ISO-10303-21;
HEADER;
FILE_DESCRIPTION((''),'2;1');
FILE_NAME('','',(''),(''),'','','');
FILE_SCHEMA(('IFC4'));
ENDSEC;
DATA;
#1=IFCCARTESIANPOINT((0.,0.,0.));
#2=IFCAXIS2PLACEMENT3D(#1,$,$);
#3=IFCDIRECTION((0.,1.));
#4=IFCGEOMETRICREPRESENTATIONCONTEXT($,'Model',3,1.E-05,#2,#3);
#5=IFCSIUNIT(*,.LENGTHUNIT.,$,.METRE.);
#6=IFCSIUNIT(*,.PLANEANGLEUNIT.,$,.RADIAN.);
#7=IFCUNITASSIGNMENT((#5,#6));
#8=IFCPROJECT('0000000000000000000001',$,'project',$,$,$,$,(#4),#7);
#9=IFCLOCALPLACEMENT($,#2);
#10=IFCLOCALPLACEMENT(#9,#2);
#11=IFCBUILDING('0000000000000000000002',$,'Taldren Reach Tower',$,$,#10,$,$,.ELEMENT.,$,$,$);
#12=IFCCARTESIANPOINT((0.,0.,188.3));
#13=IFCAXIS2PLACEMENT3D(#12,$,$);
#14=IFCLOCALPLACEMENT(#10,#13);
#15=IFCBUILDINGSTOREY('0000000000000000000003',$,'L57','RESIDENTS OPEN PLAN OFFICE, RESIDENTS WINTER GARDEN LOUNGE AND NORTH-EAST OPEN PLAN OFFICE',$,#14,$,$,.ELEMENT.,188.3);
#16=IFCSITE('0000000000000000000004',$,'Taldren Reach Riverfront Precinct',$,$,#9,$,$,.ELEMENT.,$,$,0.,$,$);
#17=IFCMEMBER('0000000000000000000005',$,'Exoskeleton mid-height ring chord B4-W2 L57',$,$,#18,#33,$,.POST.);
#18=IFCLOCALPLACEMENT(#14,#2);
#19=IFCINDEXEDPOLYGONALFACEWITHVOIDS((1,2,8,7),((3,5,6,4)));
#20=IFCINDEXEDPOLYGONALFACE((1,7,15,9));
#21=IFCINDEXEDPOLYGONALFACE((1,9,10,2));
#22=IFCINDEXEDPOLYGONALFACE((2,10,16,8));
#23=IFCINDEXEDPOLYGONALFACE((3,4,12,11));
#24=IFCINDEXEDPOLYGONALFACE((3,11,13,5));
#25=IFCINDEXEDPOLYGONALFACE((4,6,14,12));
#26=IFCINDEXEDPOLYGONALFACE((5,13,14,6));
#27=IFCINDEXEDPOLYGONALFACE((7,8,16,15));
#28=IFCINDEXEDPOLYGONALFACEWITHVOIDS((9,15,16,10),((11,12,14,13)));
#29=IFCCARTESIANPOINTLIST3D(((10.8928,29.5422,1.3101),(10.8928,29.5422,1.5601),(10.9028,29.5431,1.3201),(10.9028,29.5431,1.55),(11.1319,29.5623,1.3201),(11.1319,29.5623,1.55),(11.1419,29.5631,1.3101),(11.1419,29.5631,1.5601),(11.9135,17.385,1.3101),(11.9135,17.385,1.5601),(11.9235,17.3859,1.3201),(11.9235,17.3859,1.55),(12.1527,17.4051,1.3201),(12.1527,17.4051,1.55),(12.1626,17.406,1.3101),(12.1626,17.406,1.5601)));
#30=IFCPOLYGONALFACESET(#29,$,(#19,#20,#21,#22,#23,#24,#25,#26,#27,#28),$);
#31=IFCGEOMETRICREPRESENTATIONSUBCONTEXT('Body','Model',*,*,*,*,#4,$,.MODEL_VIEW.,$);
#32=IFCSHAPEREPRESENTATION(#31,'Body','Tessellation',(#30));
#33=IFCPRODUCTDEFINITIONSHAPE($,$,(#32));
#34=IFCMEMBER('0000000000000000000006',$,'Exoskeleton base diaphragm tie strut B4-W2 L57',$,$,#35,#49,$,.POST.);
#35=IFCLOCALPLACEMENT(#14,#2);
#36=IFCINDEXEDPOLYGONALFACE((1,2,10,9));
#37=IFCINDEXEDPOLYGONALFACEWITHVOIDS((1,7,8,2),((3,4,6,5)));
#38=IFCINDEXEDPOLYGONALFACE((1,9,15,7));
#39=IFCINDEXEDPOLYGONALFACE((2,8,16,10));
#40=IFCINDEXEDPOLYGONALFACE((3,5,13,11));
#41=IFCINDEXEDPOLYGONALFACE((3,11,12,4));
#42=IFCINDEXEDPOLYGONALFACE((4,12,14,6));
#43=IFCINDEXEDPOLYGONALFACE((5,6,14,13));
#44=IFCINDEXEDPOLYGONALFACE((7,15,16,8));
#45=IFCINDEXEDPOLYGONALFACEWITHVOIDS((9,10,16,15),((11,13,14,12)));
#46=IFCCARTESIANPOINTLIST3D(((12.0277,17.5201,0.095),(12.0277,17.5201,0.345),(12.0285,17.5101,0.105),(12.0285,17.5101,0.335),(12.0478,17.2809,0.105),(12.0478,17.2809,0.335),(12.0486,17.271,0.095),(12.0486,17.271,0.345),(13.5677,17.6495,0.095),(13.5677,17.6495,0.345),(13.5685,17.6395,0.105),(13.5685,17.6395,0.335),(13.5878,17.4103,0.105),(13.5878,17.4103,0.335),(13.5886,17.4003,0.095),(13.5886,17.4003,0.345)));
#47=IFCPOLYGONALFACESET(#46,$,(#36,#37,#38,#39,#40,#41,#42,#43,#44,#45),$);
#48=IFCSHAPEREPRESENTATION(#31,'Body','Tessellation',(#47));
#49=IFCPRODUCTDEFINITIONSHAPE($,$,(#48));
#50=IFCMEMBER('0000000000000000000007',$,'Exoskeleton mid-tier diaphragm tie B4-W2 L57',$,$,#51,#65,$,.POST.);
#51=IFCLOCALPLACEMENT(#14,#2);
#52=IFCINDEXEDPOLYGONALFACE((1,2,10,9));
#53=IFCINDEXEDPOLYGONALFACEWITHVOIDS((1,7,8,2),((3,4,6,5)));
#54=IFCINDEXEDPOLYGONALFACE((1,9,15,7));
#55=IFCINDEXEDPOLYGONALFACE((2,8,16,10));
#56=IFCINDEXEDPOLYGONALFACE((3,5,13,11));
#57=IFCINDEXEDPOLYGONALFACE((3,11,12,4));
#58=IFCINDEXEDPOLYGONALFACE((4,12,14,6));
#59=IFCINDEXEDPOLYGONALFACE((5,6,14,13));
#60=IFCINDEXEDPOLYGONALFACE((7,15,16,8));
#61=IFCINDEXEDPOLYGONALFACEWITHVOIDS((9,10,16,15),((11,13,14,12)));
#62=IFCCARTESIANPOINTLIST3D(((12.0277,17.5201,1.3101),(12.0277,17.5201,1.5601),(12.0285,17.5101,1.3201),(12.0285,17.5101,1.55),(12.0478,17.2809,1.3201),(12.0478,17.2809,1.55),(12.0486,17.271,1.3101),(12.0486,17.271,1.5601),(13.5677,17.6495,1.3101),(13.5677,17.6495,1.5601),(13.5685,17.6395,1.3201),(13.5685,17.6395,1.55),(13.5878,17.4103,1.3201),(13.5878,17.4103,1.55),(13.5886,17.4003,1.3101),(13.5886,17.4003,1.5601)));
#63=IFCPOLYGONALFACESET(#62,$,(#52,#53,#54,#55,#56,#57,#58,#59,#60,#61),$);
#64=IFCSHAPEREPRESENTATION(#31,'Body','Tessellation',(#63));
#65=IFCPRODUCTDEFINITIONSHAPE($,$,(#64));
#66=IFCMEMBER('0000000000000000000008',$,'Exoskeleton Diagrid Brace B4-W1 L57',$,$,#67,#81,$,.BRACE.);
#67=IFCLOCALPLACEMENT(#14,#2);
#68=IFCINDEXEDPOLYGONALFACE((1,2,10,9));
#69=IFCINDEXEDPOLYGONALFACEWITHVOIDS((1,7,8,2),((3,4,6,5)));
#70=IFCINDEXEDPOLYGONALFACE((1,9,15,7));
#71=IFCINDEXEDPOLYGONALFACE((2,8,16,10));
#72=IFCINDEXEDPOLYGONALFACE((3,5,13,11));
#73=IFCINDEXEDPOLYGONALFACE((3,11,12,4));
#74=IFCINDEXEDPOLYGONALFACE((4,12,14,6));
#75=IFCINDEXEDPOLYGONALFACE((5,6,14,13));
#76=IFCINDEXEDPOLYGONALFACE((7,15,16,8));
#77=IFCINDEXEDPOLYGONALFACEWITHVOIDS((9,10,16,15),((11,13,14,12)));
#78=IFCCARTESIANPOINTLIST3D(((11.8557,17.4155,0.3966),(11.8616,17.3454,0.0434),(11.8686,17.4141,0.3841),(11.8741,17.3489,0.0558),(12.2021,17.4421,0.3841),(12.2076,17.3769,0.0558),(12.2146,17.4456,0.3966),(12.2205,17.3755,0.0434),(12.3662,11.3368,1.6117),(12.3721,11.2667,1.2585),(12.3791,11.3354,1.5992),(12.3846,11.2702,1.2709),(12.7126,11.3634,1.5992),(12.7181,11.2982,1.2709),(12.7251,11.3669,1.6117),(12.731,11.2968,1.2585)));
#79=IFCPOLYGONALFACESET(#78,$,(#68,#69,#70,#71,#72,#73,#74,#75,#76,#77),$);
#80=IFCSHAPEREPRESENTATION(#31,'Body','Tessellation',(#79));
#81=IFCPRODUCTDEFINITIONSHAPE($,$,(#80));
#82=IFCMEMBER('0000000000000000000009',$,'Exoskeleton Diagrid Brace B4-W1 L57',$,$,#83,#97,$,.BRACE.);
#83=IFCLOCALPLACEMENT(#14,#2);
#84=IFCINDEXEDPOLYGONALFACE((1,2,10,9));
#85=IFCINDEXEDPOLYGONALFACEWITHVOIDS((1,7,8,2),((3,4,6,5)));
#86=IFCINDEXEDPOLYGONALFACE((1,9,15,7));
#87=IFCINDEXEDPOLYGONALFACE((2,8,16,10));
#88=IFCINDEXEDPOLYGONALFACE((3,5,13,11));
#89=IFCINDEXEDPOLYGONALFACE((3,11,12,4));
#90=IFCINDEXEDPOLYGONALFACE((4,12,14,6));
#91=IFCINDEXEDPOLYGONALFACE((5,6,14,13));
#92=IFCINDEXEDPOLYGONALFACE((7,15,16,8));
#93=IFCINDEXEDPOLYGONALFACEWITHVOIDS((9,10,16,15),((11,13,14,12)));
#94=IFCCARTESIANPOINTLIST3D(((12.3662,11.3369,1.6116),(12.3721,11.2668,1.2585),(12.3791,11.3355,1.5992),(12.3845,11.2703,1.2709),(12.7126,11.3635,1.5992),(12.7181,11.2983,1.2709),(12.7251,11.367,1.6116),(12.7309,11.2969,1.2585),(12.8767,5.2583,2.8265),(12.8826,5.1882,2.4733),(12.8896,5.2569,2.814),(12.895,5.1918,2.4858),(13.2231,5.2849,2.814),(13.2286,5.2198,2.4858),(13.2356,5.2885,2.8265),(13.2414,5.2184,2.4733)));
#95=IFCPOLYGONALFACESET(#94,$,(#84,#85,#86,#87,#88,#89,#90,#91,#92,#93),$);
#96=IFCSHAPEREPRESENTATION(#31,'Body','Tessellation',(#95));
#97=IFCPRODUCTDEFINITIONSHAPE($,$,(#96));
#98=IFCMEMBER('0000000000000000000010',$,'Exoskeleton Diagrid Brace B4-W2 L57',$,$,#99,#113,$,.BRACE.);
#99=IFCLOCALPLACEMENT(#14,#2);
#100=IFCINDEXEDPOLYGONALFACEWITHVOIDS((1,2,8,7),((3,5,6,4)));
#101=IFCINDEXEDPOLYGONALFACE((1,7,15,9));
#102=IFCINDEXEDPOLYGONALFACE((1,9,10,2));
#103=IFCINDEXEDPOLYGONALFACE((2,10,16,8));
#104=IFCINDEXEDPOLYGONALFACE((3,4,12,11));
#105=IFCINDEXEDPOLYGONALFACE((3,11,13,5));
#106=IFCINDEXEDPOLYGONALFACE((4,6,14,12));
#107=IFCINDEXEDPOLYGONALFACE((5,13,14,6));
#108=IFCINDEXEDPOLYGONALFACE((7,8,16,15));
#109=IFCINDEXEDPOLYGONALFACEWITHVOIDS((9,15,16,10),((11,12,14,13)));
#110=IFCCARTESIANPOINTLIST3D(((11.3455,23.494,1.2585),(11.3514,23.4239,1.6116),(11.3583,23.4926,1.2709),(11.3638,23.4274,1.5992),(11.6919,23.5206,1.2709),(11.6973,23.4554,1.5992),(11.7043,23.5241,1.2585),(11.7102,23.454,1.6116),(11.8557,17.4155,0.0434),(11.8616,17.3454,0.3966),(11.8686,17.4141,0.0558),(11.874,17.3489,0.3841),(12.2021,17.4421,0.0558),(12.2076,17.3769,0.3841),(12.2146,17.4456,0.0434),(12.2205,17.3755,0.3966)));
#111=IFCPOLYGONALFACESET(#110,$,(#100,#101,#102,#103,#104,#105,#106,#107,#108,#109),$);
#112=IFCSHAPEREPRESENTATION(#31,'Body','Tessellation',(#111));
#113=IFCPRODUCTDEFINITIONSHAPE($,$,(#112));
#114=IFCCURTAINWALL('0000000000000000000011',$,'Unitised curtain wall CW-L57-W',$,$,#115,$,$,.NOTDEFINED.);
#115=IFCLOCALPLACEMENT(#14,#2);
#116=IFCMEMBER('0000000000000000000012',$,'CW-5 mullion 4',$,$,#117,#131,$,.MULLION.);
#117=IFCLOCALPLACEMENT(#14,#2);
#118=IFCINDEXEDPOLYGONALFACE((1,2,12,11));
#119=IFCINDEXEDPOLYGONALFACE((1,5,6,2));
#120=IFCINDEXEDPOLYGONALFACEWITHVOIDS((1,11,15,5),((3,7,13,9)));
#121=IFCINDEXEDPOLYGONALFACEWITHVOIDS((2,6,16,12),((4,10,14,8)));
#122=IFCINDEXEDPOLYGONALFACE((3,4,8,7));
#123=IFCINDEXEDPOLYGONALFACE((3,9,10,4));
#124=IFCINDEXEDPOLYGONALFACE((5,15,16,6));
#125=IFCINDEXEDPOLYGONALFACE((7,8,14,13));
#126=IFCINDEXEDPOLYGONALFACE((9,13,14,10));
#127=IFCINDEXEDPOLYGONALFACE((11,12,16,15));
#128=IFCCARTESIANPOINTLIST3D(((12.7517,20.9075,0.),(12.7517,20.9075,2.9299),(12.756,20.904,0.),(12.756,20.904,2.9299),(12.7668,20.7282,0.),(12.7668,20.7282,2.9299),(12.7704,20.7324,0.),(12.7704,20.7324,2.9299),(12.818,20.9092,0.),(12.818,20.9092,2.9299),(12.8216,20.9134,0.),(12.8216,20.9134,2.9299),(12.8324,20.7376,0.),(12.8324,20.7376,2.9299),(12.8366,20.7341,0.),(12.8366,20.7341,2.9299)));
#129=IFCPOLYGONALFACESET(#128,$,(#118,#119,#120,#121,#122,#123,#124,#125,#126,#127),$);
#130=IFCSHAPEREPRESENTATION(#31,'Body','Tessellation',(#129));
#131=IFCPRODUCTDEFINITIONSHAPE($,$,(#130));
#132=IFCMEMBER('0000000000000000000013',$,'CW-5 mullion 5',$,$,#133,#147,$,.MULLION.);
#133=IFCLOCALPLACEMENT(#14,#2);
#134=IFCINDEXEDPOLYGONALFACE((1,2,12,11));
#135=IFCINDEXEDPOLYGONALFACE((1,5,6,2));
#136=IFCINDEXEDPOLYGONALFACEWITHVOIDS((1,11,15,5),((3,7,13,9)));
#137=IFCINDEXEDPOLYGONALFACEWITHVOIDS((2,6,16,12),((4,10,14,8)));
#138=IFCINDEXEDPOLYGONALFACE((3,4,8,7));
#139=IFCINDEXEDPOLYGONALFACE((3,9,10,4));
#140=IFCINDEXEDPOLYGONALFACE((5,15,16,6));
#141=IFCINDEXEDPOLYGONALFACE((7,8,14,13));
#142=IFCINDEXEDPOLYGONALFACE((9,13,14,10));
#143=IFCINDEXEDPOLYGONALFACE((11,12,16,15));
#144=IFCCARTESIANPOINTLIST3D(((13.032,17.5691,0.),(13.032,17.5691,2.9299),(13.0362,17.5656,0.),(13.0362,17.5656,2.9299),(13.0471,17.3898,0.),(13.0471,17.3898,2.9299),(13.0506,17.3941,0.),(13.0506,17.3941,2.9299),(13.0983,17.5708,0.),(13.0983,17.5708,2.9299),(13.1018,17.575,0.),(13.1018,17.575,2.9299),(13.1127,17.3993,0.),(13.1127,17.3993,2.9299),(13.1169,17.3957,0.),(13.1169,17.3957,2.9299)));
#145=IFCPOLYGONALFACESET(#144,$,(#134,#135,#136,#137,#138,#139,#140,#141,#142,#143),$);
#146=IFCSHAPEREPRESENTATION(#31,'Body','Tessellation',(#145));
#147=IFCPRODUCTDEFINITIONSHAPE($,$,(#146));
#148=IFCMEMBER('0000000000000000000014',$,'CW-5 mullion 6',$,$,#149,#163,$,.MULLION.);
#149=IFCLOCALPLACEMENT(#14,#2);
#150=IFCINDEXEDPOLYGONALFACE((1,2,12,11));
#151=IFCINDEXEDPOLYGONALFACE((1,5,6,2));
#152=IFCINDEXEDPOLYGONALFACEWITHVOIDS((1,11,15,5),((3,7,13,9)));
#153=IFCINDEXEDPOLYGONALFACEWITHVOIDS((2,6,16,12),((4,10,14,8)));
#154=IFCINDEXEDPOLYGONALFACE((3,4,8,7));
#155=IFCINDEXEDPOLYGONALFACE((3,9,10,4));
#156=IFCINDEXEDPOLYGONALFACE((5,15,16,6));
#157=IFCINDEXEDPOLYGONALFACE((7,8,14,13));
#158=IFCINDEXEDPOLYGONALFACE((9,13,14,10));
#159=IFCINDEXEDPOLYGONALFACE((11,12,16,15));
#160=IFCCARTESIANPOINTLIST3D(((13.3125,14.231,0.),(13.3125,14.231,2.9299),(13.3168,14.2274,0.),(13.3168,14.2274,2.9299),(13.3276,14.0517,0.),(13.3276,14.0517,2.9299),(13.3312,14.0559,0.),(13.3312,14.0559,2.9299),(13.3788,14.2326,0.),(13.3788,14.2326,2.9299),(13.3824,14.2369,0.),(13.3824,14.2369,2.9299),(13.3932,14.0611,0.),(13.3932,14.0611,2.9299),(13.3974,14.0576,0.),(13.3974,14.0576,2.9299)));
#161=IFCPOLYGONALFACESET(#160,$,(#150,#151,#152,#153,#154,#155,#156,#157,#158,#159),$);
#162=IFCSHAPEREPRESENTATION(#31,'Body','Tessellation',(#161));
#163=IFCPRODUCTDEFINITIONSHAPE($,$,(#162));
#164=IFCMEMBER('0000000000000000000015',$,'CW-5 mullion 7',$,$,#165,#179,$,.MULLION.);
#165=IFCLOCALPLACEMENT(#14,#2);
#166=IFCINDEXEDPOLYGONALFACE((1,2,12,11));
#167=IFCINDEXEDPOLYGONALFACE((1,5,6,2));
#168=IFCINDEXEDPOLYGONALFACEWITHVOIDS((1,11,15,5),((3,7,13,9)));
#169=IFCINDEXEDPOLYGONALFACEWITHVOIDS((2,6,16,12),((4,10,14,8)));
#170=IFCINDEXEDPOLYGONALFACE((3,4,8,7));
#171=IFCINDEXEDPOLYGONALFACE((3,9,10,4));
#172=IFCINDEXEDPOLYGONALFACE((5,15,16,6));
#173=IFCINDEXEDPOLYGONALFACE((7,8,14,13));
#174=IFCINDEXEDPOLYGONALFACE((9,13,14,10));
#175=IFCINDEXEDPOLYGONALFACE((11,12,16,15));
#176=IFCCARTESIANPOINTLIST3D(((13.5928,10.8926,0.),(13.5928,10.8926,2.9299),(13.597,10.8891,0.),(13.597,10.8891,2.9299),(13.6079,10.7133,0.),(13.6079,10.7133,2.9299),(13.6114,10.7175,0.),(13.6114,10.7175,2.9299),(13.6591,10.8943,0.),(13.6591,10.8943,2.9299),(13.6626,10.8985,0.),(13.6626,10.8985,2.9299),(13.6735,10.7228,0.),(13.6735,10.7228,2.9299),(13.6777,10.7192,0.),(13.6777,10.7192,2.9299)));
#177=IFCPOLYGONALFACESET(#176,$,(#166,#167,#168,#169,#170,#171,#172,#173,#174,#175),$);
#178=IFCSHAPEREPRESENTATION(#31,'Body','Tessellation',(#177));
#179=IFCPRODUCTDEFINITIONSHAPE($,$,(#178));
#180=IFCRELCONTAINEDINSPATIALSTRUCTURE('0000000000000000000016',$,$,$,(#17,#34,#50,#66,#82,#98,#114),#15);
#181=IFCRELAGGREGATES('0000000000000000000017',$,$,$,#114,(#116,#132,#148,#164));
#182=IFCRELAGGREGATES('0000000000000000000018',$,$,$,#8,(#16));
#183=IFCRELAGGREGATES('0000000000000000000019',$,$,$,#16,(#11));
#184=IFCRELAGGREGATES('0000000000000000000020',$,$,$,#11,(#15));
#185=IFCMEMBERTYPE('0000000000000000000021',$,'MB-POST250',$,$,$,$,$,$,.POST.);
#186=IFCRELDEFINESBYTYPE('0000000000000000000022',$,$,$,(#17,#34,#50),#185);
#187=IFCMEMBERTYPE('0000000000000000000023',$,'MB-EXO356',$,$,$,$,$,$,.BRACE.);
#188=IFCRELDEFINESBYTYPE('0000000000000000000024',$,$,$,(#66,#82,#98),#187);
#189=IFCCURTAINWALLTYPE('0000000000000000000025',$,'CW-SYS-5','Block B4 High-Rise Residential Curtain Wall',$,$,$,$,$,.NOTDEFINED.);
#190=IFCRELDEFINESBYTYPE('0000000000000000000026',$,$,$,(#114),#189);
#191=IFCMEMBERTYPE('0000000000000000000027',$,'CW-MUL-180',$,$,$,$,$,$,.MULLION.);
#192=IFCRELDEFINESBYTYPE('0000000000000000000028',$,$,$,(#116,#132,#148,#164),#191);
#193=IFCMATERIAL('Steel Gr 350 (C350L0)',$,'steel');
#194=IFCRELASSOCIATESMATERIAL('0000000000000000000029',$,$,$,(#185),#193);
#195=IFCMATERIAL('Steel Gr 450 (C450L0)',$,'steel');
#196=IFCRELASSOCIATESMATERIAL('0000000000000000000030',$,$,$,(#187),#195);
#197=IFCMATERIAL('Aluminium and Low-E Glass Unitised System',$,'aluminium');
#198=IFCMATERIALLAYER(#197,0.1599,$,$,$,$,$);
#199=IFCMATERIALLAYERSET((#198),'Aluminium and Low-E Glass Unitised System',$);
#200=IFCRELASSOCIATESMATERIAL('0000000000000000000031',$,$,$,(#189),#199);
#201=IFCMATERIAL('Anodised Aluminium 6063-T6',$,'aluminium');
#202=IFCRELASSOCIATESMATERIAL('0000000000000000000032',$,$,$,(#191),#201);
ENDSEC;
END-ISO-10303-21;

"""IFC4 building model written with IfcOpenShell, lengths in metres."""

from ifc_helpers import new_model, si_unit, direction, frame, origin, origin_2d, place, context, subcontext, project, spatial, hollow_rectangle, extrude, source, transform, mapped, material, layer, layer_set, material_profile, profile_set, type_object, element, aggregate, save


model = new_model("IFC4")

# Units and contexts
model_context = context("Model", 3, precision=1e-05, world=origin(), true_north=direction((0.0, 1.0)))
body_context = subcontext(model_context, "Body", "Model", "MODEL_VIEW")
ifc_project = project(units=[si_unit("LENGTHUNIT", "METRE"), si_unit("PLANEANGLEUNIT", "RADIAN")], contexts=[model_context])

# Site, building, storey
site_placement = place(None, origin())
site = spatial("IfcSite", under=ifc_project, at=site_placement, Name="Taldren Reach Riverfront Precinct", CompositionType="ELEMENT", RefElevation=0.0)
building_placement = place(site_placement, origin())
building = spatial("IfcBuilding", under=site, at=building_placement, Name="Taldren Reach Tower", CompositionType="ELEMENT")
storey_placement = place(building_placement, frame((0.0, 0.0, 188.3)))
storey = spatial("IfcBuildingStorey", under=building, at=storey_placement, Name="L57", Description="RESIDENTS OPEN PLAN OFFICE, RESIDENTS WINTER GARDEN LOUNGE AND NORTH-EAST OPEN PLAN OFFICE", CompositionType="ELEMENT", Elevation=188.3)

# Shared definitions
ifc_material_1 = material(Name="Steel Gr 450 (C450L0)", Category="steel")

# Members
ifc_material_2 = material(Name="Steel Gr 350 (C350L0)", Category="steel")
ifc_material_profile_1 = material_profile(ifc_material_2, hollow_rectangle(XDim=0.25, YDim=0.25, WallThickness=0.01, at=origin_2d()), Name="250x250x10.0SHS")
ifc_profile_set_1 = profile_set([ifc_material_profile_1], Name="Steel Gr 350 (C350L0)")
member_type_1 = type_object("IfcMemberType", Name="MB-POST250", PredefinedType="POST", material=ifc_profile_set_1)
shared_shape_1 = source(origin(), body_context, "Body", "SweptSolid", [
    extrude(hollow_rectangle(XDim=0.25, YDim=0.25, WallThickness=0.01, at=origin_2d()), origin(), (0.0, 0.0, 1.0), 12.2),
])
member_1_placement = place(storey_placement, frame((12.0381, 17.3955, 1.4351), z_axis=(-0.083668, 0.996494, 0.0), x_axis=(-0.996494, -0.083668, 0.0)))
element("IfcMember", 1, at=member_1_placement, inside=storey, type_object=member_type_1, Name="Exoskeleton mid-height ring chord B4-W2 L57", PredefinedType="POST", context=body_context, shape_type="MappedRepresentation", body=[
    mapped(shared_shape_1, transform((0.0, 0.0, 0.0), scale=1.0)),
])
shared_shape_2 = source(origin(), body_context, "Body", "SweptSolid", [
    extrude(hollow_rectangle(XDim=0.25, YDim=0.25, WallThickness=0.01, at=origin_2d()), origin(), (0.0, 0.0, 1.0), 1.5454),
])
for number, where, z_axis, x_axis, name in (
    (2, (13.5781, 17.5249, 0.22), (-0.996489, -0.083725, 0.0), (0.083725, -0.996489, 0.0), "Exoskeleton base diaphragm tie strut B4-W2 L57"),
    (3, (13.5781, 17.5249, 1.4351), (-0.996489, -0.083725, 0.0), (0.083725, -0.996489, 0.0), "Exoskeleton mid-tier diaphragm tie B4-W2 L57"),
):
    element("IfcMember", number, at=place(storey_placement, frame(where, z_axis=z_axis, x_axis=x_axis)), inside=storey, type_object=member_type_1, Name=name, PredefinedType="POST", context=body_context, shape_type="MappedRepresentation", body=[
        mapped(shared_shape_2, transform((0.0, 0.0, 0.0), scale=1.0)),
    ])
ifc_material_profile_2 = material_profile(ifc_material_1, hollow_rectangle(XDim=0.3601, YDim=0.3601, WallThickness=0.0127, at=origin_2d()), Name="360x360x12.7SHS")
ifc_profile_set_2 = profile_set([ifc_material_profile_2], Name="Steel Gr 450 (C450L0)")
member_type_2 = type_object("IfcMemberType", Name="MB-EXO356", PredefinedType="BRACE", material=ifc_profile_set_2)
shared_shape_3 = source(origin(), body_context, "Body", "SweptSolid", [
    extrude(hollow_rectangle(XDim=0.3601, YDim=0.3601, WallThickness=0.0127, at=origin_2d()), origin(), (0.0, 0.0, 1.0), 6.22),
])
member_2_placement = place(storey_placement, frame((12.0381, 17.3955, 0.22), z_axis=(0.082076, -0.977292, 0.195356), x_axis=(0.996492, 0.083688, 0.0)))
element("IfcMember", 4, at=member_2_placement, inside=storey, type_object=member_type_2, Name="Exoskeleton Diagrid Brace B4-W1 L57", PredefinedType="BRACE", context=body_context, shape_type="MappedRepresentation", body=[
    mapped(shared_shape_3, transform((0.0, 0.0, 0.0), scale=1.0)),
])
shared_shape_4 = source(origin(), body_context, "Body", "SweptSolid", [
    extrude(hollow_rectangle(XDim=0.3601, YDim=0.3601, WallThickness=0.0127, at=origin_2d()), origin(), (0.0, 0.0, 1.0), 6.2197),
])
for number, where, z_axis, x_axis, name in (
    (5, (12.5486, 11.3169, 1.4351), (0.082076, -0.977299, 0.195319), (0.996492, 0.083688, 0.0), "Exoskeleton Diagrid Brace B4-W1 L57"),
    (6, (12.0381, 17.3955, 0.22), (-0.082037, 0.977295, 0.195357), (-0.996495, -0.083648, 0.0), "Exoskeleton Diagrid Brace B4-W2 L57"),
):
    element("IfcMember", number, at=place(storey_placement, frame(where, z_axis=z_axis, x_axis=x_axis)), inside=storey, type_object=member_type_2, Name=name, PredefinedType="BRACE", context=body_context, shape_type="MappedRepresentation", body=[
        mapped(shared_shape_4, transform((0.0, 0.0, 0.0), scale=1.0)),
    ])

# Curtain wall, members
ifc_material_3 = material(Name="Aluminium and Low-E Glass Unitised System", Category="aluminium")
ifc_layer_1 = layer(ifc_material_3, 0.1599)
ifc_layer_set_1 = layer_set([ifc_layer_1], Name="Aluminium and Low-E Glass Unitised System")
curtain_wall_type = type_object("IfcCurtainWallType", Name="CW-SYS-5", Description="Block B4 High-Rise Residential Curtain Wall", PredefinedType="NOTDEFINED", material=ifc_layer_set_1)
curtain_wall_placement = place(storey_placement, origin())
curtain_wall = element("IfcCurtainWall", 7, at=curtain_wall_placement, inside=storey, type_object=curtain_wall_type, Name="Unitised curtain wall CW-L57-W", PredefinedType="NOTDEFINED")
ifc_material_4 = material(Name="Anodised Aluminium 6063-T6", Category="aluminium")
ifc_material_profile_3 = material_profile(ifc_material_4, hollow_rectangle(XDim=0.0701, YDim=0.1799, WallThickness=0.0039, at=origin_2d()), Name="ALU-180x70x4RHS")
ifc_profile_set_3 = profile_set([ifc_material_profile_3], Name="Anodised Aluminium 6063-T6")
member_type_3 = type_object("IfcMemberType", Name="CW-MUL-180", PredefinedType="MULLION", material=ifc_profile_set_3)
shared_shape_5 = source(origin(), body_context, "Body", "SweptSolid", [
    extrude(hollow_rectangle(XDim=0.0701, YDim=0.1799, WallThickness=0.0039, at=origin_2d()), origin(), (0.0, 0.0, 1.0), 2.9299),
])
member_3_placement = place(storey_placement, frame((12.7942, 20.8208, 0.0), z_axis=(0.0, 0.0, 1.0), x_axis=(0.996493, 0.083678, 0.0)))
member_3 = element("IfcMember", 8, at=member_3_placement, type_object=member_type_3, Name="CW-5 mullion 4", PredefinedType="MULLION", context=body_context, shape_type="MappedRepresentation", body=[
    mapped(shared_shape_5, transform((0.0, 0.0, 0.0), scale=1.0)),
])
member_4_placement = place(storey_placement, frame((13.0745, 17.4824, 0.0), z_axis=(0.0, 0.0, 1.0), x_axis=(0.996493, 0.083678, 0.0)))
member_4 = element("IfcMember", 9, at=member_4_placement, type_object=member_type_3, Name="CW-5 mullion 5", PredefinedType="MULLION", context=body_context, shape_type="MappedRepresentation", body=[
    mapped(shared_shape_5, transform((0.0, 0.0, 0.0), scale=1.0)),
])
member_5_placement = place(storey_placement, frame((13.355, 14.1443, 0.0), z_axis=(0.0, 0.0, 1.0), x_axis=(0.996493, 0.083678, 0.0)))
member_5 = element("IfcMember", 10, at=member_5_placement, type_object=member_type_3, Name="CW-5 mullion 6", PredefinedType="MULLION", context=body_context, shape_type="MappedRepresentation", body=[
    mapped(shared_shape_5, transform((0.0, 0.0, 0.0), scale=1.0)),
])
member_6_placement = place(storey_placement, frame((13.6353, 10.8059, 0.0), z_axis=(0.0, 0.0, 1.0), x_axis=(0.996493, 0.083678, 0.0)))
member_6 = element("IfcMember", 11, at=member_6_placement, type_object=member_type_3, Name="CW-5 mullion 7", PredefinedType="MULLION", context=body_context, shape_type="MappedRepresentation", body=[
    mapped(shared_shape_5, transform((0.0, 0.0, 0.0), scale=1.0)),
])

aggregate(curtain_wall, [member_3, member_4, member_5, member_6])

save(model, "model.ifc")
